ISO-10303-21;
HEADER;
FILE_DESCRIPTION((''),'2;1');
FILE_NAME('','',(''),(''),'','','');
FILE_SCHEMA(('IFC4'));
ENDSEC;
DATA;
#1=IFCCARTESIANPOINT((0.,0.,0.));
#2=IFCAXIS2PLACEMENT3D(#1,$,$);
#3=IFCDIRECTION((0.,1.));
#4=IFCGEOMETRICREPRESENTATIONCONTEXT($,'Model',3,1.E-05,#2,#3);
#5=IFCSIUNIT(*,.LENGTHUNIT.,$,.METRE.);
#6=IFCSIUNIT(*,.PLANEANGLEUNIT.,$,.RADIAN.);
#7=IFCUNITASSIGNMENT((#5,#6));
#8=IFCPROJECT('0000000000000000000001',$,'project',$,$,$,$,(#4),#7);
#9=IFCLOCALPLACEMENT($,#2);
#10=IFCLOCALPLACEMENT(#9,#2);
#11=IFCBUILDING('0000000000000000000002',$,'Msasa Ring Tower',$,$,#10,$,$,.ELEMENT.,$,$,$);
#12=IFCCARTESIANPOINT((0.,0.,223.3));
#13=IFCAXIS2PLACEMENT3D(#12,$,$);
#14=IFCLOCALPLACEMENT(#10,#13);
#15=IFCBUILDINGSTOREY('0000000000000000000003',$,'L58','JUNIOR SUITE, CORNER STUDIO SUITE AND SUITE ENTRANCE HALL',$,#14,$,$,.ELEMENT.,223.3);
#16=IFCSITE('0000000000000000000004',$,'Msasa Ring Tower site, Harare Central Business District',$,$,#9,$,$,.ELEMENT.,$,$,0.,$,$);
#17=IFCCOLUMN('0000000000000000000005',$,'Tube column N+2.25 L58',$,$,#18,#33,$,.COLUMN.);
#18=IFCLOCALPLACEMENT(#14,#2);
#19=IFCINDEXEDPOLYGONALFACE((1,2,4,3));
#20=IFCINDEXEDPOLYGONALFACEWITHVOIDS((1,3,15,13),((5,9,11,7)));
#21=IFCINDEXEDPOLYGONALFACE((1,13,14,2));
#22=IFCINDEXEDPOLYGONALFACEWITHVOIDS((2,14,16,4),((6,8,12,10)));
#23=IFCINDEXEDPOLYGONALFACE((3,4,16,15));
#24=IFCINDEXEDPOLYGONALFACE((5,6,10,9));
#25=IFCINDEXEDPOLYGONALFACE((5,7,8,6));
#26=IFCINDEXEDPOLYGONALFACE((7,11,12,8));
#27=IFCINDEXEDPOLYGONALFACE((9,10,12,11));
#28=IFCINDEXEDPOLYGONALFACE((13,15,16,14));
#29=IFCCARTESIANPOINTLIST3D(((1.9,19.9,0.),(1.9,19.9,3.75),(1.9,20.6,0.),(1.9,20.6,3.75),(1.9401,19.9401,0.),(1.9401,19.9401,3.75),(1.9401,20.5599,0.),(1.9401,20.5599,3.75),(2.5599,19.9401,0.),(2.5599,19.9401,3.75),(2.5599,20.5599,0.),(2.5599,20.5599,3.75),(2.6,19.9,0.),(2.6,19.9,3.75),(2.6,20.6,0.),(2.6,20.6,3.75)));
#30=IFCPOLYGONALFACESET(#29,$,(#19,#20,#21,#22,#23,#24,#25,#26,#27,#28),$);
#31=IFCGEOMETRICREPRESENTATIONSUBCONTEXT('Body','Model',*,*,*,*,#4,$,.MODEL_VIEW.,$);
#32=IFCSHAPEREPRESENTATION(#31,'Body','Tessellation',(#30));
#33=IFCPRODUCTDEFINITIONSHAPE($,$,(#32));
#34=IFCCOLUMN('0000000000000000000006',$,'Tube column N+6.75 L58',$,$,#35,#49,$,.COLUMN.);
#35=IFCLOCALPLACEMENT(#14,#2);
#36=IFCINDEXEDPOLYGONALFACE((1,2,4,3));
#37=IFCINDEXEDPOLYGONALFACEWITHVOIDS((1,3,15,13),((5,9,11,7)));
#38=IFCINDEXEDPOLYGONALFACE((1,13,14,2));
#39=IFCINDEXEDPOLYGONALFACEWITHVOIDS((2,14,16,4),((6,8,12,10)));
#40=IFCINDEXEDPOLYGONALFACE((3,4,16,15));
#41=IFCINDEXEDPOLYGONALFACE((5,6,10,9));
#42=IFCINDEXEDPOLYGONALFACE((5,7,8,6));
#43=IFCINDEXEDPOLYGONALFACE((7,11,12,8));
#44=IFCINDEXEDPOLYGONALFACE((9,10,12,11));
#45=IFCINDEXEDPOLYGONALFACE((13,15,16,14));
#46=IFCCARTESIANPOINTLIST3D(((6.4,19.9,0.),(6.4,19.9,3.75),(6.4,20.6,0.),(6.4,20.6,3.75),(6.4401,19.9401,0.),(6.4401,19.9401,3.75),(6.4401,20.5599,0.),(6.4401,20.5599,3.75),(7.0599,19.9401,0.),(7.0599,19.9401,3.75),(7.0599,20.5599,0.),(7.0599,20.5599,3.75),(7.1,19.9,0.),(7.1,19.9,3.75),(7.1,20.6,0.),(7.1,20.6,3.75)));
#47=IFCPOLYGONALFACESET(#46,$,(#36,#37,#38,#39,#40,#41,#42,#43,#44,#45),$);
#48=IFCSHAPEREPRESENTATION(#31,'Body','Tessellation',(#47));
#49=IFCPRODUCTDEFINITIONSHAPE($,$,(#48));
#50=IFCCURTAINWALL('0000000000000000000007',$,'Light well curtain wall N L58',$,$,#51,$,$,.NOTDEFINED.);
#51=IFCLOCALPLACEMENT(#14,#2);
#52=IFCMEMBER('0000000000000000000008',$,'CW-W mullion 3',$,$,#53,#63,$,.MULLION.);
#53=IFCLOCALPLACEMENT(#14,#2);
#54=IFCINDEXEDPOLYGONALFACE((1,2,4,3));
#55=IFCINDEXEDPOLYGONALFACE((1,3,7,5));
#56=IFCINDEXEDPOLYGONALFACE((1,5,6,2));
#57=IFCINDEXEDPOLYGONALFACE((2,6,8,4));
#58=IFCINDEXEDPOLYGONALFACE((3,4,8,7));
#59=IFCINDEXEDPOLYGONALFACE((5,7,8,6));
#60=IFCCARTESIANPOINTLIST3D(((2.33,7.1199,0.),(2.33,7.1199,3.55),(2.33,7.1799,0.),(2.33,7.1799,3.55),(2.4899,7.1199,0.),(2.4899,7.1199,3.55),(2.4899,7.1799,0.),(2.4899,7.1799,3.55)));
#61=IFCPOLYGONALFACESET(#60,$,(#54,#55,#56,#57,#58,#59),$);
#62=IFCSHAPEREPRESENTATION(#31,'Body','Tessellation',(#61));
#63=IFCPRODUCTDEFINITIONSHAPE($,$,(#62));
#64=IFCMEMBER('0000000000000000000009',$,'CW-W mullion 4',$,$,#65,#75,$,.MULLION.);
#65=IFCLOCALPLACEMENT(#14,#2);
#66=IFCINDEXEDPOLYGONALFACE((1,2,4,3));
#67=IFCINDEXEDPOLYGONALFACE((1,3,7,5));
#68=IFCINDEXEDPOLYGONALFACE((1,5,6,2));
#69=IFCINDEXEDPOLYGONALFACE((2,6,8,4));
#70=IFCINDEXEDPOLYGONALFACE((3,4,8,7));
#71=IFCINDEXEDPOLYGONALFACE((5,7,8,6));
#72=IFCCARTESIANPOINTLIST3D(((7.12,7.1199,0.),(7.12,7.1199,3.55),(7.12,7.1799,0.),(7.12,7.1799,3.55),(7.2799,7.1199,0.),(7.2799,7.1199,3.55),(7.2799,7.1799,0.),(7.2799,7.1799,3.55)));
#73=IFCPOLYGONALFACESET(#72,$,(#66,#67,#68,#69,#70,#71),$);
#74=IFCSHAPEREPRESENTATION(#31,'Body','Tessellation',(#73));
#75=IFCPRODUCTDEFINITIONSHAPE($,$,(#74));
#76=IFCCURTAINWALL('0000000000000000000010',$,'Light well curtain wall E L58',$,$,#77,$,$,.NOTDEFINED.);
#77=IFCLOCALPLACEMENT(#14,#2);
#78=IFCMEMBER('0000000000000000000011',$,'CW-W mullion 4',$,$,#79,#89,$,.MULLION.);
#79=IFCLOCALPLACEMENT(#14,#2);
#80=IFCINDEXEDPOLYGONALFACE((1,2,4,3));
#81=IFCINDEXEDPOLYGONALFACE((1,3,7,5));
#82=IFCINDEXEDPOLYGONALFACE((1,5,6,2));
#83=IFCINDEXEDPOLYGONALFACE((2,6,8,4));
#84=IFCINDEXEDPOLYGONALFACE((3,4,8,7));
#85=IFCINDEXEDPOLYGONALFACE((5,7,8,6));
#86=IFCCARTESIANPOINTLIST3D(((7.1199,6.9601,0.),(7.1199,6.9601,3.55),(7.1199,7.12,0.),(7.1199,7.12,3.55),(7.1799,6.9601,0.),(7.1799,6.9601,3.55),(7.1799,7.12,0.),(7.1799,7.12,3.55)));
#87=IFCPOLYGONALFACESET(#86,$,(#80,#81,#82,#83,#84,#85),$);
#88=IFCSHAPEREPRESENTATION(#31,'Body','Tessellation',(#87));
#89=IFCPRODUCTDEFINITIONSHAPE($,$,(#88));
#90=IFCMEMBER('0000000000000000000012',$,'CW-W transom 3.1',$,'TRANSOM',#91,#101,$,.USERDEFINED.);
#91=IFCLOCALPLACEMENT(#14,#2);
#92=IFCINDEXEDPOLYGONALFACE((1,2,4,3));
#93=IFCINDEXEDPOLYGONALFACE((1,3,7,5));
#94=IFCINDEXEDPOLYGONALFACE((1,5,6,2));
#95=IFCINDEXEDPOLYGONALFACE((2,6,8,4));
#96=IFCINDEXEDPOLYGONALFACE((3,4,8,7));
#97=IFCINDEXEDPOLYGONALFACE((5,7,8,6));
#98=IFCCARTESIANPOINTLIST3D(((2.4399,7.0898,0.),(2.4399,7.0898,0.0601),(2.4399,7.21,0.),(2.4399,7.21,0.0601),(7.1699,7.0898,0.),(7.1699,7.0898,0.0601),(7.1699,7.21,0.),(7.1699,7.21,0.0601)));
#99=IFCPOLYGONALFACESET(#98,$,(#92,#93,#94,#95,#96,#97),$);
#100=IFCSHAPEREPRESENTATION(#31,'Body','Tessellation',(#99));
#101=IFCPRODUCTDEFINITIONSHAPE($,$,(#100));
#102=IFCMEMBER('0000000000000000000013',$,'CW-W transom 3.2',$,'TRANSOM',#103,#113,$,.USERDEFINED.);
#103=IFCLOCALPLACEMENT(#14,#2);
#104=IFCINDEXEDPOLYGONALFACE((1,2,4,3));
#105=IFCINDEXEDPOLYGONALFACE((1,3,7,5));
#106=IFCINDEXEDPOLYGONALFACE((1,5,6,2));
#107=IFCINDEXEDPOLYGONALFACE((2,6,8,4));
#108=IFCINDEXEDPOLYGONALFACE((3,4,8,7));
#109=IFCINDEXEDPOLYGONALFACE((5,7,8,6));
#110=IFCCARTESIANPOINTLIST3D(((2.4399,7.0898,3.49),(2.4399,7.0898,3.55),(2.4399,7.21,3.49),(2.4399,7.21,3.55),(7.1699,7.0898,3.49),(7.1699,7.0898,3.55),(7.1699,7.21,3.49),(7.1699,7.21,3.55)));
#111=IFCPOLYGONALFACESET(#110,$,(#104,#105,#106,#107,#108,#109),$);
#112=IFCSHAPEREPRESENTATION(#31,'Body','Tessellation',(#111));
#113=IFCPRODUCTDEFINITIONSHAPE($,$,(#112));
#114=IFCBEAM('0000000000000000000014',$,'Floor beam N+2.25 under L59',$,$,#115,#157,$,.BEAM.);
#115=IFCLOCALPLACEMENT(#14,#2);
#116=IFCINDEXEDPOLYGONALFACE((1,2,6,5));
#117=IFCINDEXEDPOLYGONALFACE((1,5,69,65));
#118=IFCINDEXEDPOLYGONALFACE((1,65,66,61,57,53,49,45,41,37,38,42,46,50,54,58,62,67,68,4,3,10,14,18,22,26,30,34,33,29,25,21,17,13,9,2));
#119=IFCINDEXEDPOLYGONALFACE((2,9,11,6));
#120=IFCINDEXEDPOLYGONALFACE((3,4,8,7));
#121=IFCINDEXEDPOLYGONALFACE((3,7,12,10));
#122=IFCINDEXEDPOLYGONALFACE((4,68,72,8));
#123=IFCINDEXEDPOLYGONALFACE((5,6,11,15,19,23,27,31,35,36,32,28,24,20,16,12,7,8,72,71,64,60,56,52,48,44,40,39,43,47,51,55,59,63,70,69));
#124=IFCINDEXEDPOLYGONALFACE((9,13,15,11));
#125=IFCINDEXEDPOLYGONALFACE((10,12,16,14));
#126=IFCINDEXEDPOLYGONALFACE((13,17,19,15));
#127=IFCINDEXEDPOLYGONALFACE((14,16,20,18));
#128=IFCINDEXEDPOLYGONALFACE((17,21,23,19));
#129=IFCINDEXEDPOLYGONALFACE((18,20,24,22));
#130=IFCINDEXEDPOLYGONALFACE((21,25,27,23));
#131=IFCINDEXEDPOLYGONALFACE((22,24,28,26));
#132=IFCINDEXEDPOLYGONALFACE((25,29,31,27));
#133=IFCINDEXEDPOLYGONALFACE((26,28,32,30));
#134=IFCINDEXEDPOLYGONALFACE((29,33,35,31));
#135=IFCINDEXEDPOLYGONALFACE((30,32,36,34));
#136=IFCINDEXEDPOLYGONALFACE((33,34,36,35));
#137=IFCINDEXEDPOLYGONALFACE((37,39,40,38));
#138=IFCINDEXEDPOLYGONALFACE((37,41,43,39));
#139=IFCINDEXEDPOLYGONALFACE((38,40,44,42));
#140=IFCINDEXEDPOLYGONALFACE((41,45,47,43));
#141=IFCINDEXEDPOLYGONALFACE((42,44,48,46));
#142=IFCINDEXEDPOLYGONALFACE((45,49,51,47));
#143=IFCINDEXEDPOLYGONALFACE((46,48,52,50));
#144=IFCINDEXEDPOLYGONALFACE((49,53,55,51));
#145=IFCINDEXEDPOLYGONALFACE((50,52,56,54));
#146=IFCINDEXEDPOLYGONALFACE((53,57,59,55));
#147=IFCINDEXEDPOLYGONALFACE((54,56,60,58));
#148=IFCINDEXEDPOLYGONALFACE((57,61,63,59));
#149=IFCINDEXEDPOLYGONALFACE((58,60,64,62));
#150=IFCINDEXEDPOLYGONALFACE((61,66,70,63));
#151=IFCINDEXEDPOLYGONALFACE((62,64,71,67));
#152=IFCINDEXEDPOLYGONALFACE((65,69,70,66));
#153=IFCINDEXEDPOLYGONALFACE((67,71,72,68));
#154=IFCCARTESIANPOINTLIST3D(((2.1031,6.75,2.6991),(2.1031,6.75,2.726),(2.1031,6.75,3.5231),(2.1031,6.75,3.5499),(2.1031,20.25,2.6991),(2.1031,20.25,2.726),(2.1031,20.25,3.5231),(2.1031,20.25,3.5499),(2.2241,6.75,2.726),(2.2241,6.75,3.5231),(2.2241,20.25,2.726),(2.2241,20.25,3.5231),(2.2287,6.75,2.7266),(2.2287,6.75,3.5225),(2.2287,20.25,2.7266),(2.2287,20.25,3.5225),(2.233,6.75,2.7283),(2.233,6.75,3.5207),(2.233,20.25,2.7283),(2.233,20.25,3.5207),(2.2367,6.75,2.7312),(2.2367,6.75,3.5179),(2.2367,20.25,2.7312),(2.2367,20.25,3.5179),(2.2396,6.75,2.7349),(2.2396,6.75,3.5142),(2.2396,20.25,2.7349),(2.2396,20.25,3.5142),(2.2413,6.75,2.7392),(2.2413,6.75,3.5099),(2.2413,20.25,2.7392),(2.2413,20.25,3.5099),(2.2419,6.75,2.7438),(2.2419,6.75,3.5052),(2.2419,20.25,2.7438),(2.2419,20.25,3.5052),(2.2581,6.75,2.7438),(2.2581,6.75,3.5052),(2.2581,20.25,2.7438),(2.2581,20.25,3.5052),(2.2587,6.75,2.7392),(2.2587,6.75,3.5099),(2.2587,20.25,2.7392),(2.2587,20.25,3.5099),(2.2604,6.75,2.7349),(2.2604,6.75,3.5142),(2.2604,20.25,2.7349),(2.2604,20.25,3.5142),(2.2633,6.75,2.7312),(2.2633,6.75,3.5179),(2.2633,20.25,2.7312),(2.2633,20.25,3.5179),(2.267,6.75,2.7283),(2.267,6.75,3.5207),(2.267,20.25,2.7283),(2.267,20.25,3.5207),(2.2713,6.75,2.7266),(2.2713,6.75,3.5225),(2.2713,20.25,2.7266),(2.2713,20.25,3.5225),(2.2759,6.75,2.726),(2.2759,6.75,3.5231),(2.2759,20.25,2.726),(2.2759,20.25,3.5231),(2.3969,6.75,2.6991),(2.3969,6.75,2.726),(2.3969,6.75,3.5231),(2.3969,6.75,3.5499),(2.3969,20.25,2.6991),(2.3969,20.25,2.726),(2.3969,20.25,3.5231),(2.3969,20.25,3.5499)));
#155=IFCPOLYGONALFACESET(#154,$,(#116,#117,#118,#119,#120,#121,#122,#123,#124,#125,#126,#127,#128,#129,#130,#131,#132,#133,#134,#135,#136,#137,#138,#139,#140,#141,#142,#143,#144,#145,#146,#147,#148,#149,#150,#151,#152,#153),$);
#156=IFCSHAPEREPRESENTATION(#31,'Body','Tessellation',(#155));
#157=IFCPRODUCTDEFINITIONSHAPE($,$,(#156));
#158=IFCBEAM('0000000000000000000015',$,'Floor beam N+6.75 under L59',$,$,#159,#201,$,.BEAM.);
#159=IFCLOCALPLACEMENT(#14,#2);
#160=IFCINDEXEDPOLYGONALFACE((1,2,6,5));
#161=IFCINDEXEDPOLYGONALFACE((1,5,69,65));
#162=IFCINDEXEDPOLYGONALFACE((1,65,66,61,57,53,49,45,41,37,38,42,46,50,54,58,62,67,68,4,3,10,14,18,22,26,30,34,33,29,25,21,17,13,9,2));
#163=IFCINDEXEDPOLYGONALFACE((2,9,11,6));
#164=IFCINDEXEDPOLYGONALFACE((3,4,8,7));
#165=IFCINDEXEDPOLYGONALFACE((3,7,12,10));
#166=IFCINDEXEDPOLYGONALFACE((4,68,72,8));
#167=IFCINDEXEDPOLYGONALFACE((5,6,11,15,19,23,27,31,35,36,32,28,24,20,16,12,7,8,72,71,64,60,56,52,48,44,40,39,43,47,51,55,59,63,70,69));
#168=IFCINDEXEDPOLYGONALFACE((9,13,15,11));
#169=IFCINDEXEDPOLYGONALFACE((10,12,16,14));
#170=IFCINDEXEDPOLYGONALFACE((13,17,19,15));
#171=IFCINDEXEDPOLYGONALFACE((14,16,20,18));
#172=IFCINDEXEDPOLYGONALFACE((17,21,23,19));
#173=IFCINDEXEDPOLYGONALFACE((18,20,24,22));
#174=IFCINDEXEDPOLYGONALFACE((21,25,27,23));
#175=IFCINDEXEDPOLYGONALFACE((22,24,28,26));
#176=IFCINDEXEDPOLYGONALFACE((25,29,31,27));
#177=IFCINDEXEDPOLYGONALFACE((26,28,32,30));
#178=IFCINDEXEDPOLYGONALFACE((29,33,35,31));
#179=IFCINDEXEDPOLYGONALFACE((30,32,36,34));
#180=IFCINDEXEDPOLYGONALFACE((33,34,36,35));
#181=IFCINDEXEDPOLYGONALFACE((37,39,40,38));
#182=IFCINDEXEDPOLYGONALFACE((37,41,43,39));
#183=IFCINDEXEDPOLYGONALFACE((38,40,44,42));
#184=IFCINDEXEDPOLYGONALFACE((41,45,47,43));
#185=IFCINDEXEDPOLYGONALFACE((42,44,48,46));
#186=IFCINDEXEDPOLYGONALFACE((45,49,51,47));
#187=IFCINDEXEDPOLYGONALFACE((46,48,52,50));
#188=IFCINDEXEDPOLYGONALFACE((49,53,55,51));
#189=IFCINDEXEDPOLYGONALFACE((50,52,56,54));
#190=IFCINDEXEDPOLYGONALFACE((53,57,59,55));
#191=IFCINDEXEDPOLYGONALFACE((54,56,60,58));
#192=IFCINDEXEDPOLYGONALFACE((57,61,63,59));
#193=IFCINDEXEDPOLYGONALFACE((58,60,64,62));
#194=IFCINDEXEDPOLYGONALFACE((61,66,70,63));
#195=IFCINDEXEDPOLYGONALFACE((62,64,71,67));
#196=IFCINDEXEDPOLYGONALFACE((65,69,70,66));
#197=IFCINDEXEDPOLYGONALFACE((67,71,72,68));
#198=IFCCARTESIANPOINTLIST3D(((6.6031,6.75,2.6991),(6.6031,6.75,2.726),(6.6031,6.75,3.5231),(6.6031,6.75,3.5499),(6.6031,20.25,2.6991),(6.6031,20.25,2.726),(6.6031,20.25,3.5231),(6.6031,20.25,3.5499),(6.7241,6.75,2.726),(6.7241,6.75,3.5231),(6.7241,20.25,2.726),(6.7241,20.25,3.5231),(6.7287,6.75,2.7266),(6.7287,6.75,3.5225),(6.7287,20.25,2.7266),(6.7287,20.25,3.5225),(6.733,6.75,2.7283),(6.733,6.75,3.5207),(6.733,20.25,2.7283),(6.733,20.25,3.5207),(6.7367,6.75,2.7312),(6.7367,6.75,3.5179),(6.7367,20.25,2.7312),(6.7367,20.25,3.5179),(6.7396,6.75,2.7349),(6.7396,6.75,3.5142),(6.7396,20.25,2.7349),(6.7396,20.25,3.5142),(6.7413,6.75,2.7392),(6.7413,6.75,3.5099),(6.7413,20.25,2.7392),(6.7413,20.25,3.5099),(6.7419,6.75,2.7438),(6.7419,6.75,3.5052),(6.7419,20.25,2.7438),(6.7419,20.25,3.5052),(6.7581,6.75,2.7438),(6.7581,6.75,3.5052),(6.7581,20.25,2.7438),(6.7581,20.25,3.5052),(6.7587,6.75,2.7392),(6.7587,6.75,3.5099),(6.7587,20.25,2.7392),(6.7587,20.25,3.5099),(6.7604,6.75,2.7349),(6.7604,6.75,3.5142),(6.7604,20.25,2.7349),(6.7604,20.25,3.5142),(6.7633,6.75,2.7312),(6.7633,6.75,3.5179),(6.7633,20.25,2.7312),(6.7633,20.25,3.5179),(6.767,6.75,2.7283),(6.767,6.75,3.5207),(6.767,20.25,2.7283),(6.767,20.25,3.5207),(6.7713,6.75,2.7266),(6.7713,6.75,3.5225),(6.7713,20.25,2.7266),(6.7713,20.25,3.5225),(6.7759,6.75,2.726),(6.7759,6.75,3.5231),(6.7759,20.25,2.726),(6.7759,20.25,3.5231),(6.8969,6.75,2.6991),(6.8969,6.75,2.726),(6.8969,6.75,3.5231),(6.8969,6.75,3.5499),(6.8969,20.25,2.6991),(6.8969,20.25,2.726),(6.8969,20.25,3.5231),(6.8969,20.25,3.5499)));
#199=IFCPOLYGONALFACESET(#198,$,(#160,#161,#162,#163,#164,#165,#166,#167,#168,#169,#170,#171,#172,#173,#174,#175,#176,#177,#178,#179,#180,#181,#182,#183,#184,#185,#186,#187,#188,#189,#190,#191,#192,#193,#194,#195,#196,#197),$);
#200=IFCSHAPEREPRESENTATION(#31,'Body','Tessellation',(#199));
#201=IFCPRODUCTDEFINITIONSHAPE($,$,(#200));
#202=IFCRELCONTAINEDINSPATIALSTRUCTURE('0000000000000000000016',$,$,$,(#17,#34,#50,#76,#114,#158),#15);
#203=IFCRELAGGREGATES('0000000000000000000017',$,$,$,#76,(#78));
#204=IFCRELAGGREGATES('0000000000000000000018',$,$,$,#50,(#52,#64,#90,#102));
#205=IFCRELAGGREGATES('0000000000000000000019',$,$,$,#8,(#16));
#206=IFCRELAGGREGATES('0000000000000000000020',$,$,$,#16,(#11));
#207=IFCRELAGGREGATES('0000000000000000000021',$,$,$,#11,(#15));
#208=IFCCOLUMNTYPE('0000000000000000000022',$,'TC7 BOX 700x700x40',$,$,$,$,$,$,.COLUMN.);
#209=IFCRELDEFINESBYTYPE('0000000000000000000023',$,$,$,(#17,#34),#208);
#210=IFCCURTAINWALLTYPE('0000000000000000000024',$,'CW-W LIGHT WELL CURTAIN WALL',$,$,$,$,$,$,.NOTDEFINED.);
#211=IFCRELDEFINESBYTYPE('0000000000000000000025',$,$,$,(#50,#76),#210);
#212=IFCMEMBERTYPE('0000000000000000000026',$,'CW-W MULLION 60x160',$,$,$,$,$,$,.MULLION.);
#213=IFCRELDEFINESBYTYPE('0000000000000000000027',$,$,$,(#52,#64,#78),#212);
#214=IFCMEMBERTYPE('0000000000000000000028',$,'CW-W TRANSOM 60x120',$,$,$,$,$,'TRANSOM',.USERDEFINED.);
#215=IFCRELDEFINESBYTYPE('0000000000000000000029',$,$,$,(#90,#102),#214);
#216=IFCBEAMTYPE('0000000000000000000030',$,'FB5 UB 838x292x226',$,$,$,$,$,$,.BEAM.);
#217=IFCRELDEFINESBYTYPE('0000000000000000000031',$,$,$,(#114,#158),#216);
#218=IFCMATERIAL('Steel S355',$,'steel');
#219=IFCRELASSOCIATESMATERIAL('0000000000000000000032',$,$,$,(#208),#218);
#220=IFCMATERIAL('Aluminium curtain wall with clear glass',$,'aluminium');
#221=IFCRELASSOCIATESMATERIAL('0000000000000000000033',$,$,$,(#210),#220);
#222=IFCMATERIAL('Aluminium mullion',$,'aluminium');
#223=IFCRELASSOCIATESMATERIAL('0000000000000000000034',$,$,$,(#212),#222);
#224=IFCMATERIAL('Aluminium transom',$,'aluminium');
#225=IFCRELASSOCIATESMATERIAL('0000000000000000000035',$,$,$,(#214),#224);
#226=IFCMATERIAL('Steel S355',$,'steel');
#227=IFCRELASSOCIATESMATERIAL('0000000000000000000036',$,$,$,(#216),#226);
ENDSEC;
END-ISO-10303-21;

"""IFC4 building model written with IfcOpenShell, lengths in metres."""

from ifc_helpers import new_model, si_unit, direction, frame, origin, origin_2d, place, context, subcontext, project, spatial, rectangle, hollow_rectangle, i_section, extrude, material, material_profile, profile_set, type_object, element, aggregate, save


model = new_model("IFC4")

# Units and contexts
model_context = context("Model", 3, precision=1e-05, world=origin(), true_north=direction((0.0, 1.0)))
body_context = subcontext(model_context, "Body", "Model", "MODEL_VIEW")
ifc_project = project(units=[si_unit("LENGTHUNIT", "METRE"), si_unit("PLANEANGLEUNIT", "RADIAN")], contexts=[model_context])

# Site, building, storey
site_placement = place(None, origin())
site = spatial("IfcSite", under=ifc_project, at=site_placement, Name="Msasa Ring Tower site, Harare Central Business District", CompositionType="ELEMENT", RefElevation=0.0)
building_placement = place(site_placement, origin())
building = spatial("IfcBuilding", under=site, at=building_placement, Name="Msasa Ring Tower", CompositionType="ELEMENT")
storey_placement = place(building_placement, frame((0.0, 0.0, 223.3)))
storey = spatial("IfcBuildingStorey", under=building, at=storey_placement, Name="L58", Description="JUNIOR SUITE, CORNER STUDIO SUITE AND SUITE ENTRANCE HALL", CompositionType="ELEMENT", Elevation=223.3)

# Columns
ifc_material_1 = material(Name="Steel S355", Category="steel")
ifc_material_profile_1 = material_profile(ifc_material_1, hollow_rectangle(XDim=0.7, YDim=0.7, WallThickness=0.04, at=origin_2d()), Name="BOX 700x700x40")
ifc_profile_set_1 = profile_set([ifc_material_profile_1], Name="Steel S355")
column_type = type_object("IfcColumnType", Name="TC7 BOX 700x700x40", PredefinedType="COLUMN", material=ifc_profile_set_1)
for number, where, z_axis, x_axis, name in (
    (1, (2.25, 20.25, 0.0), (0.0, 0.0, 1.0), (0.0, 1.0, 0.0), "Tube column N+2.25 L58"),
    (2, (6.75, 20.25, 0.0), (0.0, 0.0, 1.0), (0.0, 1.0, 0.0), "Tube column N+6.75 L58"),
):
    element("IfcColumn", number, at=place(storey_placement, frame(where, z_axis=z_axis, x_axis=x_axis)), inside=storey, type_object=column_type, Name=name, PredefinedType="COLUMN", context=body_context, shape_type="SweptSolid", body=[
        extrude(hollow_rectangle(XDim=0.7, YDim=0.7, WallThickness=0.04, at=origin_2d()), origin(), (0.0, 0.0, 1.0), 3.75),
    ])

# Curtain wall, members
ifc_material_2 = material(Name="Aluminium curtain wall with clear glass", Category="aluminium")
curtain_wall_type = type_object("IfcCurtainWallType", Name="CW-W LIGHT WELL CURTAIN WALL", PredefinedType="NOTDEFINED", material=ifc_material_2)
curtain_wall_1_placement = place(storey_placement, origin())
curtain_wall_1 = element("IfcCurtainWall", 3, at=curtain_wall_1_placement, inside=storey, type_object=curtain_wall_type, Name="Light well curtain wall N L58", PredefinedType="NOTDEFINED")
ifc_material_3 = material(Name="Aluminium mullion", Category="aluminium")
ifc_material_profile_2 = material_profile(ifc_material_3, rectangle(XDim=0.0601, YDim=0.1599, at=origin_2d()), Name="AL 60x160")
ifc_profile_set_2 = profile_set([ifc_material_profile_2], Name="Aluminium mullion")
member_type_1 = type_object("IfcMemberType", Name="CW-W MULLION 60x160", PredefinedType="MULLION", material=ifc_profile_set_2)
member_1_placement = place(storey_placement, frame((2.4099, 7.1499, 0.0), z_axis=(0.0, 0.0, 1.0), x_axis=(0.0, 1.0, 0.0)))
member_1 = element("IfcMember", 4, at=member_1_placement, type_object=member_type_1, Name="CW-W mullion 3", PredefinedType="MULLION", context=body_context, shape_type="SweptSolid", body=[
    extrude(rectangle(XDim=0.0601, YDim=0.1599, at=origin_2d()), origin(), (0.0, 0.0, 1.0), 3.55),
])
member_2_placement = place(storey_placement, frame((7.2, 7.1499, 0.0), z_axis=(0.0, 0.0, 1.0), x_axis=(0.0, 1.0, 0.0)))
member_2 = element("IfcMember", 5, at=member_2_placement, type_object=member_type_1, Name="CW-W mullion 4", PredefinedType="MULLION", context=body_context, shape_type="SweptSolid", body=[
    extrude(rectangle(XDim=0.0601, YDim=0.1599, at=origin_2d()), origin(), (0.0, 0.0, 1.0), 3.55),
])

# Curtain wall, member
curtain_wall_2_placement = place(storey_placement, origin())
curtain_wall_2 = element("IfcCurtainWall", 6, at=curtain_wall_2_placement, inside=storey, type_object=curtain_wall_type, Name="Light well curtain wall E L58", PredefinedType="NOTDEFINED")
member_3_placement = place(storey_placement, frame((7.1499, 7.04, 0.0), z_axis=(0.0, 0.0, 1.0), x_axis=(-1.0, 0.0, 0.0)))
member_3 = element("IfcMember", 7, at=member_3_placement, type_object=member_type_1, Name="CW-W mullion 4", PredefinedType="MULLION", context=body_context, shape_type="SweptSolid", body=[
    extrude(rectangle(XDim=0.0601, YDim=0.1599, at=origin_2d()), origin(), (0.0, 0.0, 1.0), 3.55),
])
aggregate(curtain_wall_2, [member_3])

# Members
ifc_material_4 = material(Name="Aluminium transom", Category="aluminium")
ifc_material_profile_3 = material_profile(ifc_material_4, rectangle(XDim=0.1201, YDim=0.0601, at=origin_2d()), Name="AL 60x120")
ifc_profile_set_3 = profile_set([ifc_material_profile_3], Name="Aluminium transom")
member_type_2 = type_object("IfcMemberType", Name="CW-W TRANSOM 60x120", ElementType="TRANSOM", PredefinedType="USERDEFINED", material=ifc_profile_set_3)
member_4_placement = place(storey_placement, frame((2.4399, 7.1499, 0.03), z_axis=(1.0, 0.0, 0.0), x_axis=(0.0, 1.0, 0.0)))
member_4 = element("IfcMember", 8, at=member_4_placement, type_object=member_type_2, Name="CW-W transom 3.1", ObjectType="TRANSOM", PredefinedType="USERDEFINED", context=body_context, shape_type="SweptSolid", body=[
    extrude(rectangle(XDim=0.1201, YDim=0.0601, at=origin_2d()), origin(), (0.0, 0.0, 1.0), 4.73),
])
member_5_placement = place(storey_placement, frame((2.4399, 7.1499, 3.52), z_axis=(1.0, 0.0, 0.0), x_axis=(0.0, 1.0, 0.0)))
member_5 = element("IfcMember", 9, at=member_5_placement, type_object=member_type_2, Name="CW-W transom 3.2", ObjectType="TRANSOM", PredefinedType="USERDEFINED", context=body_context, shape_type="SweptSolid", body=[
    extrude(rectangle(XDim=0.1201, YDim=0.0601, at=origin_2d()), origin(), (0.0, 0.0, 1.0), 4.73),
])

# Beams
ifc_material_5 = material(Name="Steel S355", Category="steel")
ifc_material_profile_4 = material_profile(ifc_material_5, i_section(OverallWidth=0.2937, OverallDepth=0.8508, WebThickness=0.0161, FlangeThickness=0.0269, FilletRadius=0.0178, at=origin_2d()), Name="UB 838x292x226")
ifc_profile_set_4 = profile_set([ifc_material_profile_4], Name="Steel S355")
beam_type_1 = type_object("IfcBeamType", Name="FB5 UB 838x292x226", PredefinedType="BEAM", material=ifc_profile_set_4)
for number, where, z_axis, x_axis, name in (
    (10, (2.25, 20.25, 3.1245), (0.0, -1.0, 0.0), (1.0, 0.0, 0.0), "Floor beam N+2.25 under L59"),
    (11, (6.75, 20.25, 3.1245), (0.0, -1.0, 0.0), (1.0, 0.0, 0.0), "Floor beam N+6.75 under L59"),
):
    element("IfcBeam", number, at=place(storey_placement, frame(where, z_axis=z_axis, x_axis=x_axis)), inside=storey, type_object=beam_type_1, Name=name, PredefinedType="BEAM", context=body_context, shape_type="SweptSolid", body=[
        extrude(i_section(OverallWidth=0.2937, OverallDepth=0.8508, WebThickness=0.0161, FlangeThickness=0.0269, FilletRadius=0.0178, at=origin_2d()), origin(), (0.0, 0.0, 1.0), 13.5),
    ])

aggregate(curtain_wall_1, [member_1, member_2, member_4, member_5])

save(model, "model.ifc")
